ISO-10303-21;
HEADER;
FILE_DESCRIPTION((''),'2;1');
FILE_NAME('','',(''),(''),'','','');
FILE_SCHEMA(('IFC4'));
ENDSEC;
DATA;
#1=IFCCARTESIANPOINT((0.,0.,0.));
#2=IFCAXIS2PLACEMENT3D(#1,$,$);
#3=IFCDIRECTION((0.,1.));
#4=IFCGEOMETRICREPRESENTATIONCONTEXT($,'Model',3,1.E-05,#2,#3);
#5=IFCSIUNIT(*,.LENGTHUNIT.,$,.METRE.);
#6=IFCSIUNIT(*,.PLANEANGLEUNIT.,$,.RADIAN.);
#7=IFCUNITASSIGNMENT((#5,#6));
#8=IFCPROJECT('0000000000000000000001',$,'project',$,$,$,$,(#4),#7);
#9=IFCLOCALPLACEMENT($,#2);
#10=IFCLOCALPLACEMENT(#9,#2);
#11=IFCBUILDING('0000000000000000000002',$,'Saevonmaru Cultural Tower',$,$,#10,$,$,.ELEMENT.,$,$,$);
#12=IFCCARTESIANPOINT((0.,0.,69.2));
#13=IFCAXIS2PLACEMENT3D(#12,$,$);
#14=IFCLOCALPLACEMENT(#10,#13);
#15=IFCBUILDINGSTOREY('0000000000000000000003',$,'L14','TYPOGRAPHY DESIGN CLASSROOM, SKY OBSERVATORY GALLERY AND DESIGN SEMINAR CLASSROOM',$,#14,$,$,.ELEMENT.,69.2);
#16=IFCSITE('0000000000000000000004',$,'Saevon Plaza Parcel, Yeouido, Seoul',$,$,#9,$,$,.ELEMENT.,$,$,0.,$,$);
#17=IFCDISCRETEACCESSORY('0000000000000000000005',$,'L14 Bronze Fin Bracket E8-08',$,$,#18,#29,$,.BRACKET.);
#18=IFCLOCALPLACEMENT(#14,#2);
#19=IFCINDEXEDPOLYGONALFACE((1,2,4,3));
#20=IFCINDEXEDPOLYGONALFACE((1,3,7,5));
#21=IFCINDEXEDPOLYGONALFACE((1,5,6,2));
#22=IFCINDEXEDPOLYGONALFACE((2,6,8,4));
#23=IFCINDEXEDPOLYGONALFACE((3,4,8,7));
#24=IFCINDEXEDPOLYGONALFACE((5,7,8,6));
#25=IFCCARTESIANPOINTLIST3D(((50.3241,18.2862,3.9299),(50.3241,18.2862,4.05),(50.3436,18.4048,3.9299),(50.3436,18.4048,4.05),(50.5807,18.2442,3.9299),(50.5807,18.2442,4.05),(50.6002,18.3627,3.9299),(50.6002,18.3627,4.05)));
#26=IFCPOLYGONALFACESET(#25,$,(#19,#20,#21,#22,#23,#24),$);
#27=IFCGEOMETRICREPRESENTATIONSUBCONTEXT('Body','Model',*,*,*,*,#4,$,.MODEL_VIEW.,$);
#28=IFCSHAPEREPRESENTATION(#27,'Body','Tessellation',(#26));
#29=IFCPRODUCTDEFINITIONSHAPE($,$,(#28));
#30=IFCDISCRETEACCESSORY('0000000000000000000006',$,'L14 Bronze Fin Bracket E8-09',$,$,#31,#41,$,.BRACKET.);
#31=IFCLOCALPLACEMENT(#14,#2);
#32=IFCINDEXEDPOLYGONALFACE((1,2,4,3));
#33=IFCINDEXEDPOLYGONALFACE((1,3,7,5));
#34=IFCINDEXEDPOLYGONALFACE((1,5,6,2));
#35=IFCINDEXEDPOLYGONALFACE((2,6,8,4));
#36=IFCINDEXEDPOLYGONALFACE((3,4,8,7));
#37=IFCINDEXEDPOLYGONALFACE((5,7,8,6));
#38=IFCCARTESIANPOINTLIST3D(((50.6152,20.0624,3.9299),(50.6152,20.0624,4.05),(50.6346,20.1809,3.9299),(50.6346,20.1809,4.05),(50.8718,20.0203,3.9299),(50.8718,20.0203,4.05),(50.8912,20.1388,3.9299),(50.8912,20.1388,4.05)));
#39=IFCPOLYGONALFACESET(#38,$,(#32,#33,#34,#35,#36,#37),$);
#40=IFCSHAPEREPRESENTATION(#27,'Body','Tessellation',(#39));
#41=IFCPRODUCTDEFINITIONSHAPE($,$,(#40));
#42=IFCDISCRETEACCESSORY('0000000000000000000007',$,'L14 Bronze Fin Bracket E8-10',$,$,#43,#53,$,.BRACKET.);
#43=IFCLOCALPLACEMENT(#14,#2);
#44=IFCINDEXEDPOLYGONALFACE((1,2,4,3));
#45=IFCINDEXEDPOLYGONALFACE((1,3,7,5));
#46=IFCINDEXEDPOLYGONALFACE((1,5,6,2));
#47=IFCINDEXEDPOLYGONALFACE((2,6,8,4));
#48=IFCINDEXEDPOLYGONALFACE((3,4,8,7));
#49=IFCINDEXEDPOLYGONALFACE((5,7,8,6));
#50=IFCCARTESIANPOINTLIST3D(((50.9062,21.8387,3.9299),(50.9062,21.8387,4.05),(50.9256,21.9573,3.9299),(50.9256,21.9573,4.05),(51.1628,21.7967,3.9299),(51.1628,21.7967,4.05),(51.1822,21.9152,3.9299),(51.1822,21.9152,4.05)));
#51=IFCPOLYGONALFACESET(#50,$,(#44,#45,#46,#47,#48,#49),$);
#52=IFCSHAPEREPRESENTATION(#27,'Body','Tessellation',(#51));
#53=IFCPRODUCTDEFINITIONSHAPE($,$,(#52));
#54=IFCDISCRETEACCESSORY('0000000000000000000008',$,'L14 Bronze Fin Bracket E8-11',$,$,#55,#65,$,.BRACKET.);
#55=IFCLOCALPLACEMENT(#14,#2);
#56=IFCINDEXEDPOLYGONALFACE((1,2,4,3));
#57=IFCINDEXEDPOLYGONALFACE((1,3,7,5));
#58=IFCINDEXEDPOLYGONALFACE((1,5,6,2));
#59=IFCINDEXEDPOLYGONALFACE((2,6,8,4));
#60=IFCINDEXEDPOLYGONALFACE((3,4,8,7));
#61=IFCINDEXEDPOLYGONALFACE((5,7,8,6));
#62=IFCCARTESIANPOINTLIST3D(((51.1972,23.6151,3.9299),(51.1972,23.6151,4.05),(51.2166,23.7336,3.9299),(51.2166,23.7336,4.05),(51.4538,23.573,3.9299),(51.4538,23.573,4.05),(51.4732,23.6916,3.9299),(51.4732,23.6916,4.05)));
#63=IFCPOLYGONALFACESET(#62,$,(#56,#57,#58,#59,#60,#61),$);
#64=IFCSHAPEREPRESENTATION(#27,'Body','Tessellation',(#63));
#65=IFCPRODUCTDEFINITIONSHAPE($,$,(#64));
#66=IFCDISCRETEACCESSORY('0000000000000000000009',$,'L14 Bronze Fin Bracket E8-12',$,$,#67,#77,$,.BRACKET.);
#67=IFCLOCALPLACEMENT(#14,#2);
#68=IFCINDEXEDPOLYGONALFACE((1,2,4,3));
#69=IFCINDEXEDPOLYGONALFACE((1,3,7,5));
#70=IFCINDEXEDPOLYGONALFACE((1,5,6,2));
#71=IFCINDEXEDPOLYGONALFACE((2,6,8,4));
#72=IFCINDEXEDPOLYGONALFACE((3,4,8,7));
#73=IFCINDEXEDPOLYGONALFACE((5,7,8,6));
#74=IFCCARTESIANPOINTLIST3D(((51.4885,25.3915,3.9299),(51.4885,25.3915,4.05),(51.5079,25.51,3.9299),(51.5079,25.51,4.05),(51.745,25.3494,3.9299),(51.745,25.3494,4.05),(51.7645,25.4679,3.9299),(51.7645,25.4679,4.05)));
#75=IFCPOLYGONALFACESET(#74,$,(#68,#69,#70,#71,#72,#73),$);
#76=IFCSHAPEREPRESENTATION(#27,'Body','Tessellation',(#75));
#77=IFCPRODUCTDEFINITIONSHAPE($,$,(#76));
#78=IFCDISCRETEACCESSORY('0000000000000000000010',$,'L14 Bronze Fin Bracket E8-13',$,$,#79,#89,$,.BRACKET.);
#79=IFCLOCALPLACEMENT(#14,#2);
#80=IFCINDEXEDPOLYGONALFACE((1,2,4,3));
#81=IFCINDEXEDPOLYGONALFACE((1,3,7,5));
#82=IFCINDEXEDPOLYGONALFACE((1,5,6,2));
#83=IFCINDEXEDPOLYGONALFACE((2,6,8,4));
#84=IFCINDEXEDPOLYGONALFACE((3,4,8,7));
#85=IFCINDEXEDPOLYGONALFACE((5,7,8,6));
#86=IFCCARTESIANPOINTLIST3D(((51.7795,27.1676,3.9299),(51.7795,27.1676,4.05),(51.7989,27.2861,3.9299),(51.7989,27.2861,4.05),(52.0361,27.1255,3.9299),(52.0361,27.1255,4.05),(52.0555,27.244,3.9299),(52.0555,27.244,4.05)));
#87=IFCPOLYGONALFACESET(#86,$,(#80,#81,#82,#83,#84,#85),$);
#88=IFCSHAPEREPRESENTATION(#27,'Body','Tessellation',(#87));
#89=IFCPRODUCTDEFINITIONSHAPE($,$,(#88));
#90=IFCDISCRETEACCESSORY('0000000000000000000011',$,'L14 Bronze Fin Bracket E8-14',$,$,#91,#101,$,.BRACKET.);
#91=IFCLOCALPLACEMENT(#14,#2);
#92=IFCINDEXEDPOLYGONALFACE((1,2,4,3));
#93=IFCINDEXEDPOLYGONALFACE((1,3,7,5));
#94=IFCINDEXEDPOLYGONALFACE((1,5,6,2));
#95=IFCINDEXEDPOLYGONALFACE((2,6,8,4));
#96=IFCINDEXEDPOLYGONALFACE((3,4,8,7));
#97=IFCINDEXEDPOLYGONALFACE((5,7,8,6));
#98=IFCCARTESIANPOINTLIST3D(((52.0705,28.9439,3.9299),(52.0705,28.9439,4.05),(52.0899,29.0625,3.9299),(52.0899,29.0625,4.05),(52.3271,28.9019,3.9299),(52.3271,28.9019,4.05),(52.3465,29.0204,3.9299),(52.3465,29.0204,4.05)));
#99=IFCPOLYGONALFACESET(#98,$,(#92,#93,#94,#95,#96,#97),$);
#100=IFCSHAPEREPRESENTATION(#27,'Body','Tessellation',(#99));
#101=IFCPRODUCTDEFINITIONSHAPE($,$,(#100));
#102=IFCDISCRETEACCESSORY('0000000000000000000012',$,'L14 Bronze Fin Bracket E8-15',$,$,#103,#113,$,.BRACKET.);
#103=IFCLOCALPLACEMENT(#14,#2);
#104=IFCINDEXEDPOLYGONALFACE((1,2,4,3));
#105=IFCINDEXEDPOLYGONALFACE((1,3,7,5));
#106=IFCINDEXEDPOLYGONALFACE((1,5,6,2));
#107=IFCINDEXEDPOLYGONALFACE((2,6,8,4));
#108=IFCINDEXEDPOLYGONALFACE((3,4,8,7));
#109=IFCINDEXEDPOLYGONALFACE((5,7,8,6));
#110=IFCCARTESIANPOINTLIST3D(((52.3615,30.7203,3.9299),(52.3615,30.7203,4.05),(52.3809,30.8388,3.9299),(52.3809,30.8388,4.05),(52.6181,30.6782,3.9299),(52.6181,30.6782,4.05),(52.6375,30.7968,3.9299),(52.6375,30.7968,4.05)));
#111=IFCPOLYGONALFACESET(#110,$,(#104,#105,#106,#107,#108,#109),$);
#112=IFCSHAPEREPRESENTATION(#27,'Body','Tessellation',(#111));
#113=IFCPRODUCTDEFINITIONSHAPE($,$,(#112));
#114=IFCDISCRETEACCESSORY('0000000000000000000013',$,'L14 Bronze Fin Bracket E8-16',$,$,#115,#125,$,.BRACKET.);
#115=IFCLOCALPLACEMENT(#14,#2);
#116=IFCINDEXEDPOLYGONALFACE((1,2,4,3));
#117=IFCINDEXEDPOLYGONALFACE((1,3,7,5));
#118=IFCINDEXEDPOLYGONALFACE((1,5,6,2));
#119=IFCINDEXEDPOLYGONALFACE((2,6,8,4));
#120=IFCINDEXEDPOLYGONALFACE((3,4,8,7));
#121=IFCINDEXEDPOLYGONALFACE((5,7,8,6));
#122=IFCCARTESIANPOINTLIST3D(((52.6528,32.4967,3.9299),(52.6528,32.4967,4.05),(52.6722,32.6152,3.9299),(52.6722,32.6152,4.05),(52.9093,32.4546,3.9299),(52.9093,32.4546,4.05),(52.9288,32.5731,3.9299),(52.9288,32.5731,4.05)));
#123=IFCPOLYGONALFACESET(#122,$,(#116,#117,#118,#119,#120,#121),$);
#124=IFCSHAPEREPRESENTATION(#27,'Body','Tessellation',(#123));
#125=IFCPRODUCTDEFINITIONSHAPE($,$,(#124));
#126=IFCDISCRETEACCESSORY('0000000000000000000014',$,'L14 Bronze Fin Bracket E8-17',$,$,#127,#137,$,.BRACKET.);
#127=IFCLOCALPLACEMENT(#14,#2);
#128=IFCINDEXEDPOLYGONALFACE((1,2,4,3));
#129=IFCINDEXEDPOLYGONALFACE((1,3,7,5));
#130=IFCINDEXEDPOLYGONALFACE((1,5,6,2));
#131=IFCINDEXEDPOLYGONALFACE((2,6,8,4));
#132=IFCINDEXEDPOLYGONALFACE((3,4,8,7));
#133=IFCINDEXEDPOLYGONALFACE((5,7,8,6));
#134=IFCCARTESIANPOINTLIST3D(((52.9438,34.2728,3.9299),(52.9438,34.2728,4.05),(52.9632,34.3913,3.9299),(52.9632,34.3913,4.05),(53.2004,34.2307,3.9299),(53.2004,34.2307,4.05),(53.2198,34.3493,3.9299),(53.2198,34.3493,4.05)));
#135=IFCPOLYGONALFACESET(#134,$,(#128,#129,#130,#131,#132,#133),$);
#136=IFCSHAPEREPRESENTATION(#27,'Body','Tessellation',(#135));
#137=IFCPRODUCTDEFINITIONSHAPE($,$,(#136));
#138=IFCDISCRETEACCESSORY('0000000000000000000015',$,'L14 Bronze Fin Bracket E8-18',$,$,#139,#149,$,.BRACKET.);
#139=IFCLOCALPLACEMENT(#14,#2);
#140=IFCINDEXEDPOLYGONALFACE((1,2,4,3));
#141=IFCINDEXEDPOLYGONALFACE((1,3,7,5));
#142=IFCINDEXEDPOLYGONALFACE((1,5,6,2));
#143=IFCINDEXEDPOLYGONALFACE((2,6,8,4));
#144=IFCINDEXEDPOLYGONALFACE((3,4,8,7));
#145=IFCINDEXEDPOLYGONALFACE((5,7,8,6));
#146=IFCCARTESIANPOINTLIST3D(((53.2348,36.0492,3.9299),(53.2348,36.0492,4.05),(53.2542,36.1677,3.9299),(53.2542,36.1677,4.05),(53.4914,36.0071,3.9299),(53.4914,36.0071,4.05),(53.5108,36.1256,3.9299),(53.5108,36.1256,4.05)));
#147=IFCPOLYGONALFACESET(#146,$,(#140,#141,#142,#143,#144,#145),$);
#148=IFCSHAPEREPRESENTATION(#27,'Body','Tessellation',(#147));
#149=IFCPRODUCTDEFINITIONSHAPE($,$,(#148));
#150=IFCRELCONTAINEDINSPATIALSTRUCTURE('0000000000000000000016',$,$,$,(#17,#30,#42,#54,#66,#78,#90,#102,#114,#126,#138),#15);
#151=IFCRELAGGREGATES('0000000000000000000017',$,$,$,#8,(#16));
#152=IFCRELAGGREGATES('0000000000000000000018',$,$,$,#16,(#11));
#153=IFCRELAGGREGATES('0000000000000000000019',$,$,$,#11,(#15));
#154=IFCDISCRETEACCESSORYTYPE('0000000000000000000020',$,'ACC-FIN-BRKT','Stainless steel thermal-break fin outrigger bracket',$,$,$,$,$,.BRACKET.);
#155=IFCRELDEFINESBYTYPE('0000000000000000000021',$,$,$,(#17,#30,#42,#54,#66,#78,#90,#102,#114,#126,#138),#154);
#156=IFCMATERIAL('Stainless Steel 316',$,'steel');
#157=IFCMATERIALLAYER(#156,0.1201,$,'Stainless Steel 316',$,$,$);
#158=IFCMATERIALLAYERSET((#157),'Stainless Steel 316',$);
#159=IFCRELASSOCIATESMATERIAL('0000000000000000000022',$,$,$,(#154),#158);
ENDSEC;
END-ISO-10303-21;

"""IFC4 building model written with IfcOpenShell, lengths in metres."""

from ifc_helpers import new_model, si_unit, direction, frame, origin, origin_2d, place, context, subcontext, project, spatial, rectangle, extrude, material, layer, layer_set, type_object, element, save


model = new_model("IFC4")

# Units and contexts
model_context = context("Model", 3, precision=1e-05, world=origin(), true_north=direction((0.0, 1.0)))
body_context = subcontext(model_context, "Body", "Model", "MODEL_VIEW")
ifc_project = project(units=[si_unit("LENGTHUNIT", "METRE"), si_unit("PLANEANGLEUNIT", "RADIAN")], contexts=[model_context])

# Site, building, storey
site_placement = place(None, origin())
site = spatial("IfcSite", under=ifc_project, at=site_placement, Name="Saevon Plaza Parcel, Yeouido, Seoul", CompositionType="ELEMENT", RefElevation=0.0)
building_placement = place(site_placement, origin())
building = spatial("IfcBuilding", under=site, at=building_placement, Name="Saevonmaru Cultural Tower", CompositionType="ELEMENT")
storey_placement = place(building_placement, frame((0.0, 0.0, 69.2)))
storey = spatial("IfcBuildingStorey", under=building, at=storey_placement, Name="L14", Description="TYPOGRAPHY DESIGN CLASSROOM, SKY OBSERVATORY GALLERY AND DESIGN SEMINAR CLASSROOM", CompositionType="ELEMENT", Elevation=69.2)

# Discrete accessories
ifc_material_1 = material(Name="Stainless Steel 316", Category="steel")
ifc_layer_1 = layer(ifc_material_1, 0.1201, Name="Stainless Steel 316")
ifc_layer_set_1 = layer_set([ifc_layer_1], Name="Stainless Steel 316")
discrete_accessory_type = type_object("IfcDiscreteAccessoryType", Name="ACC-FIN-BRKT", Description="Stainless steel thermal-break fin outrigger bracket", PredefinedType="BRACKET", material=ifc_layer_set_1)
for number, where, z_axis, x_axis, name in (
    (1, (50.4622, 18.3245, 3.9299), (0.0, 0.0, 1.0), (0.986827, -0.161776, 0.0), "L14 Bronze Fin Bracket E8-08"),
    (2, (50.7532, 20.1006, 3.9299), (0.0, 0.0, 1.0), (0.986827, -0.161776, 0.0), "L14 Bronze Fin Bracket E8-09"),
    (3, (51.0442, 21.877, 3.9299), (0.0, 0.0, 1.0), (0.986827, -0.161776, 0.0), "L14 Bronze Fin Bracket E8-10"),
    (4, (51.3352, 23.6533, 3.9299), (0.0, 0.0, 1.0), (0.986827, -0.161776, 0.0), "L14 Bronze Fin Bracket E8-11"),
    (5, (51.6265, 25.4297, 3.9299), (0.0, 0.0, 1.0), (0.986827, -0.161776, 0.0), "L14 Bronze Fin Bracket E8-12"),
    (6, (51.9175, 27.2058, 3.9299), (0.0, 0.0, 1.0), (0.986827, -0.161776, 0.0), "L14 Bronze Fin Bracket E8-13"),
    (7, (52.2085, 28.9822, 3.9299), (0.0, 0.0, 1.0), (0.986827, -0.161776, 0.0), "L14 Bronze Fin Bracket E8-14"),
    (8, (52.4995, 30.7585, 3.9299), (0.0, 0.0, 1.0), (0.986827, -0.161776, 0.0), "L14 Bronze Fin Bracket E8-15"),
    (9, (52.7908, 32.5349, 3.9299), (0.0, 0.0, 1.0), (0.986827, -0.161776, 0.0), "L14 Bronze Fin Bracket E8-16"),
    (10, (53.0818, 34.311, 3.9299), (0.0, 0.0, 1.0), (0.986827, -0.161776, 0.0), "L14 Bronze Fin Bracket E8-17"),
    (11, (53.3728, 36.0874, 3.9299), (0.0, 0.0, 1.0), (0.986827, -0.161776, 0.0), "L14 Bronze Fin Bracket E8-18"),
):
    element("IfcDiscreteAccessory", number, at=place(storey_placement, frame(where, z_axis=z_axis, x_axis=x_axis)), inside=storey, type_object=discrete_accessory_type, Name=name, PredefinedType="BRACKET", context=body_context, shape_type="SweptSolid", body=[
        extrude(rectangle(XDim=0.26, YDim=0.1201, at=origin_2d()), origin(), (0.0, 0.0, 1.0), 0.1201),
    ])

save(model, "model.ifc")
